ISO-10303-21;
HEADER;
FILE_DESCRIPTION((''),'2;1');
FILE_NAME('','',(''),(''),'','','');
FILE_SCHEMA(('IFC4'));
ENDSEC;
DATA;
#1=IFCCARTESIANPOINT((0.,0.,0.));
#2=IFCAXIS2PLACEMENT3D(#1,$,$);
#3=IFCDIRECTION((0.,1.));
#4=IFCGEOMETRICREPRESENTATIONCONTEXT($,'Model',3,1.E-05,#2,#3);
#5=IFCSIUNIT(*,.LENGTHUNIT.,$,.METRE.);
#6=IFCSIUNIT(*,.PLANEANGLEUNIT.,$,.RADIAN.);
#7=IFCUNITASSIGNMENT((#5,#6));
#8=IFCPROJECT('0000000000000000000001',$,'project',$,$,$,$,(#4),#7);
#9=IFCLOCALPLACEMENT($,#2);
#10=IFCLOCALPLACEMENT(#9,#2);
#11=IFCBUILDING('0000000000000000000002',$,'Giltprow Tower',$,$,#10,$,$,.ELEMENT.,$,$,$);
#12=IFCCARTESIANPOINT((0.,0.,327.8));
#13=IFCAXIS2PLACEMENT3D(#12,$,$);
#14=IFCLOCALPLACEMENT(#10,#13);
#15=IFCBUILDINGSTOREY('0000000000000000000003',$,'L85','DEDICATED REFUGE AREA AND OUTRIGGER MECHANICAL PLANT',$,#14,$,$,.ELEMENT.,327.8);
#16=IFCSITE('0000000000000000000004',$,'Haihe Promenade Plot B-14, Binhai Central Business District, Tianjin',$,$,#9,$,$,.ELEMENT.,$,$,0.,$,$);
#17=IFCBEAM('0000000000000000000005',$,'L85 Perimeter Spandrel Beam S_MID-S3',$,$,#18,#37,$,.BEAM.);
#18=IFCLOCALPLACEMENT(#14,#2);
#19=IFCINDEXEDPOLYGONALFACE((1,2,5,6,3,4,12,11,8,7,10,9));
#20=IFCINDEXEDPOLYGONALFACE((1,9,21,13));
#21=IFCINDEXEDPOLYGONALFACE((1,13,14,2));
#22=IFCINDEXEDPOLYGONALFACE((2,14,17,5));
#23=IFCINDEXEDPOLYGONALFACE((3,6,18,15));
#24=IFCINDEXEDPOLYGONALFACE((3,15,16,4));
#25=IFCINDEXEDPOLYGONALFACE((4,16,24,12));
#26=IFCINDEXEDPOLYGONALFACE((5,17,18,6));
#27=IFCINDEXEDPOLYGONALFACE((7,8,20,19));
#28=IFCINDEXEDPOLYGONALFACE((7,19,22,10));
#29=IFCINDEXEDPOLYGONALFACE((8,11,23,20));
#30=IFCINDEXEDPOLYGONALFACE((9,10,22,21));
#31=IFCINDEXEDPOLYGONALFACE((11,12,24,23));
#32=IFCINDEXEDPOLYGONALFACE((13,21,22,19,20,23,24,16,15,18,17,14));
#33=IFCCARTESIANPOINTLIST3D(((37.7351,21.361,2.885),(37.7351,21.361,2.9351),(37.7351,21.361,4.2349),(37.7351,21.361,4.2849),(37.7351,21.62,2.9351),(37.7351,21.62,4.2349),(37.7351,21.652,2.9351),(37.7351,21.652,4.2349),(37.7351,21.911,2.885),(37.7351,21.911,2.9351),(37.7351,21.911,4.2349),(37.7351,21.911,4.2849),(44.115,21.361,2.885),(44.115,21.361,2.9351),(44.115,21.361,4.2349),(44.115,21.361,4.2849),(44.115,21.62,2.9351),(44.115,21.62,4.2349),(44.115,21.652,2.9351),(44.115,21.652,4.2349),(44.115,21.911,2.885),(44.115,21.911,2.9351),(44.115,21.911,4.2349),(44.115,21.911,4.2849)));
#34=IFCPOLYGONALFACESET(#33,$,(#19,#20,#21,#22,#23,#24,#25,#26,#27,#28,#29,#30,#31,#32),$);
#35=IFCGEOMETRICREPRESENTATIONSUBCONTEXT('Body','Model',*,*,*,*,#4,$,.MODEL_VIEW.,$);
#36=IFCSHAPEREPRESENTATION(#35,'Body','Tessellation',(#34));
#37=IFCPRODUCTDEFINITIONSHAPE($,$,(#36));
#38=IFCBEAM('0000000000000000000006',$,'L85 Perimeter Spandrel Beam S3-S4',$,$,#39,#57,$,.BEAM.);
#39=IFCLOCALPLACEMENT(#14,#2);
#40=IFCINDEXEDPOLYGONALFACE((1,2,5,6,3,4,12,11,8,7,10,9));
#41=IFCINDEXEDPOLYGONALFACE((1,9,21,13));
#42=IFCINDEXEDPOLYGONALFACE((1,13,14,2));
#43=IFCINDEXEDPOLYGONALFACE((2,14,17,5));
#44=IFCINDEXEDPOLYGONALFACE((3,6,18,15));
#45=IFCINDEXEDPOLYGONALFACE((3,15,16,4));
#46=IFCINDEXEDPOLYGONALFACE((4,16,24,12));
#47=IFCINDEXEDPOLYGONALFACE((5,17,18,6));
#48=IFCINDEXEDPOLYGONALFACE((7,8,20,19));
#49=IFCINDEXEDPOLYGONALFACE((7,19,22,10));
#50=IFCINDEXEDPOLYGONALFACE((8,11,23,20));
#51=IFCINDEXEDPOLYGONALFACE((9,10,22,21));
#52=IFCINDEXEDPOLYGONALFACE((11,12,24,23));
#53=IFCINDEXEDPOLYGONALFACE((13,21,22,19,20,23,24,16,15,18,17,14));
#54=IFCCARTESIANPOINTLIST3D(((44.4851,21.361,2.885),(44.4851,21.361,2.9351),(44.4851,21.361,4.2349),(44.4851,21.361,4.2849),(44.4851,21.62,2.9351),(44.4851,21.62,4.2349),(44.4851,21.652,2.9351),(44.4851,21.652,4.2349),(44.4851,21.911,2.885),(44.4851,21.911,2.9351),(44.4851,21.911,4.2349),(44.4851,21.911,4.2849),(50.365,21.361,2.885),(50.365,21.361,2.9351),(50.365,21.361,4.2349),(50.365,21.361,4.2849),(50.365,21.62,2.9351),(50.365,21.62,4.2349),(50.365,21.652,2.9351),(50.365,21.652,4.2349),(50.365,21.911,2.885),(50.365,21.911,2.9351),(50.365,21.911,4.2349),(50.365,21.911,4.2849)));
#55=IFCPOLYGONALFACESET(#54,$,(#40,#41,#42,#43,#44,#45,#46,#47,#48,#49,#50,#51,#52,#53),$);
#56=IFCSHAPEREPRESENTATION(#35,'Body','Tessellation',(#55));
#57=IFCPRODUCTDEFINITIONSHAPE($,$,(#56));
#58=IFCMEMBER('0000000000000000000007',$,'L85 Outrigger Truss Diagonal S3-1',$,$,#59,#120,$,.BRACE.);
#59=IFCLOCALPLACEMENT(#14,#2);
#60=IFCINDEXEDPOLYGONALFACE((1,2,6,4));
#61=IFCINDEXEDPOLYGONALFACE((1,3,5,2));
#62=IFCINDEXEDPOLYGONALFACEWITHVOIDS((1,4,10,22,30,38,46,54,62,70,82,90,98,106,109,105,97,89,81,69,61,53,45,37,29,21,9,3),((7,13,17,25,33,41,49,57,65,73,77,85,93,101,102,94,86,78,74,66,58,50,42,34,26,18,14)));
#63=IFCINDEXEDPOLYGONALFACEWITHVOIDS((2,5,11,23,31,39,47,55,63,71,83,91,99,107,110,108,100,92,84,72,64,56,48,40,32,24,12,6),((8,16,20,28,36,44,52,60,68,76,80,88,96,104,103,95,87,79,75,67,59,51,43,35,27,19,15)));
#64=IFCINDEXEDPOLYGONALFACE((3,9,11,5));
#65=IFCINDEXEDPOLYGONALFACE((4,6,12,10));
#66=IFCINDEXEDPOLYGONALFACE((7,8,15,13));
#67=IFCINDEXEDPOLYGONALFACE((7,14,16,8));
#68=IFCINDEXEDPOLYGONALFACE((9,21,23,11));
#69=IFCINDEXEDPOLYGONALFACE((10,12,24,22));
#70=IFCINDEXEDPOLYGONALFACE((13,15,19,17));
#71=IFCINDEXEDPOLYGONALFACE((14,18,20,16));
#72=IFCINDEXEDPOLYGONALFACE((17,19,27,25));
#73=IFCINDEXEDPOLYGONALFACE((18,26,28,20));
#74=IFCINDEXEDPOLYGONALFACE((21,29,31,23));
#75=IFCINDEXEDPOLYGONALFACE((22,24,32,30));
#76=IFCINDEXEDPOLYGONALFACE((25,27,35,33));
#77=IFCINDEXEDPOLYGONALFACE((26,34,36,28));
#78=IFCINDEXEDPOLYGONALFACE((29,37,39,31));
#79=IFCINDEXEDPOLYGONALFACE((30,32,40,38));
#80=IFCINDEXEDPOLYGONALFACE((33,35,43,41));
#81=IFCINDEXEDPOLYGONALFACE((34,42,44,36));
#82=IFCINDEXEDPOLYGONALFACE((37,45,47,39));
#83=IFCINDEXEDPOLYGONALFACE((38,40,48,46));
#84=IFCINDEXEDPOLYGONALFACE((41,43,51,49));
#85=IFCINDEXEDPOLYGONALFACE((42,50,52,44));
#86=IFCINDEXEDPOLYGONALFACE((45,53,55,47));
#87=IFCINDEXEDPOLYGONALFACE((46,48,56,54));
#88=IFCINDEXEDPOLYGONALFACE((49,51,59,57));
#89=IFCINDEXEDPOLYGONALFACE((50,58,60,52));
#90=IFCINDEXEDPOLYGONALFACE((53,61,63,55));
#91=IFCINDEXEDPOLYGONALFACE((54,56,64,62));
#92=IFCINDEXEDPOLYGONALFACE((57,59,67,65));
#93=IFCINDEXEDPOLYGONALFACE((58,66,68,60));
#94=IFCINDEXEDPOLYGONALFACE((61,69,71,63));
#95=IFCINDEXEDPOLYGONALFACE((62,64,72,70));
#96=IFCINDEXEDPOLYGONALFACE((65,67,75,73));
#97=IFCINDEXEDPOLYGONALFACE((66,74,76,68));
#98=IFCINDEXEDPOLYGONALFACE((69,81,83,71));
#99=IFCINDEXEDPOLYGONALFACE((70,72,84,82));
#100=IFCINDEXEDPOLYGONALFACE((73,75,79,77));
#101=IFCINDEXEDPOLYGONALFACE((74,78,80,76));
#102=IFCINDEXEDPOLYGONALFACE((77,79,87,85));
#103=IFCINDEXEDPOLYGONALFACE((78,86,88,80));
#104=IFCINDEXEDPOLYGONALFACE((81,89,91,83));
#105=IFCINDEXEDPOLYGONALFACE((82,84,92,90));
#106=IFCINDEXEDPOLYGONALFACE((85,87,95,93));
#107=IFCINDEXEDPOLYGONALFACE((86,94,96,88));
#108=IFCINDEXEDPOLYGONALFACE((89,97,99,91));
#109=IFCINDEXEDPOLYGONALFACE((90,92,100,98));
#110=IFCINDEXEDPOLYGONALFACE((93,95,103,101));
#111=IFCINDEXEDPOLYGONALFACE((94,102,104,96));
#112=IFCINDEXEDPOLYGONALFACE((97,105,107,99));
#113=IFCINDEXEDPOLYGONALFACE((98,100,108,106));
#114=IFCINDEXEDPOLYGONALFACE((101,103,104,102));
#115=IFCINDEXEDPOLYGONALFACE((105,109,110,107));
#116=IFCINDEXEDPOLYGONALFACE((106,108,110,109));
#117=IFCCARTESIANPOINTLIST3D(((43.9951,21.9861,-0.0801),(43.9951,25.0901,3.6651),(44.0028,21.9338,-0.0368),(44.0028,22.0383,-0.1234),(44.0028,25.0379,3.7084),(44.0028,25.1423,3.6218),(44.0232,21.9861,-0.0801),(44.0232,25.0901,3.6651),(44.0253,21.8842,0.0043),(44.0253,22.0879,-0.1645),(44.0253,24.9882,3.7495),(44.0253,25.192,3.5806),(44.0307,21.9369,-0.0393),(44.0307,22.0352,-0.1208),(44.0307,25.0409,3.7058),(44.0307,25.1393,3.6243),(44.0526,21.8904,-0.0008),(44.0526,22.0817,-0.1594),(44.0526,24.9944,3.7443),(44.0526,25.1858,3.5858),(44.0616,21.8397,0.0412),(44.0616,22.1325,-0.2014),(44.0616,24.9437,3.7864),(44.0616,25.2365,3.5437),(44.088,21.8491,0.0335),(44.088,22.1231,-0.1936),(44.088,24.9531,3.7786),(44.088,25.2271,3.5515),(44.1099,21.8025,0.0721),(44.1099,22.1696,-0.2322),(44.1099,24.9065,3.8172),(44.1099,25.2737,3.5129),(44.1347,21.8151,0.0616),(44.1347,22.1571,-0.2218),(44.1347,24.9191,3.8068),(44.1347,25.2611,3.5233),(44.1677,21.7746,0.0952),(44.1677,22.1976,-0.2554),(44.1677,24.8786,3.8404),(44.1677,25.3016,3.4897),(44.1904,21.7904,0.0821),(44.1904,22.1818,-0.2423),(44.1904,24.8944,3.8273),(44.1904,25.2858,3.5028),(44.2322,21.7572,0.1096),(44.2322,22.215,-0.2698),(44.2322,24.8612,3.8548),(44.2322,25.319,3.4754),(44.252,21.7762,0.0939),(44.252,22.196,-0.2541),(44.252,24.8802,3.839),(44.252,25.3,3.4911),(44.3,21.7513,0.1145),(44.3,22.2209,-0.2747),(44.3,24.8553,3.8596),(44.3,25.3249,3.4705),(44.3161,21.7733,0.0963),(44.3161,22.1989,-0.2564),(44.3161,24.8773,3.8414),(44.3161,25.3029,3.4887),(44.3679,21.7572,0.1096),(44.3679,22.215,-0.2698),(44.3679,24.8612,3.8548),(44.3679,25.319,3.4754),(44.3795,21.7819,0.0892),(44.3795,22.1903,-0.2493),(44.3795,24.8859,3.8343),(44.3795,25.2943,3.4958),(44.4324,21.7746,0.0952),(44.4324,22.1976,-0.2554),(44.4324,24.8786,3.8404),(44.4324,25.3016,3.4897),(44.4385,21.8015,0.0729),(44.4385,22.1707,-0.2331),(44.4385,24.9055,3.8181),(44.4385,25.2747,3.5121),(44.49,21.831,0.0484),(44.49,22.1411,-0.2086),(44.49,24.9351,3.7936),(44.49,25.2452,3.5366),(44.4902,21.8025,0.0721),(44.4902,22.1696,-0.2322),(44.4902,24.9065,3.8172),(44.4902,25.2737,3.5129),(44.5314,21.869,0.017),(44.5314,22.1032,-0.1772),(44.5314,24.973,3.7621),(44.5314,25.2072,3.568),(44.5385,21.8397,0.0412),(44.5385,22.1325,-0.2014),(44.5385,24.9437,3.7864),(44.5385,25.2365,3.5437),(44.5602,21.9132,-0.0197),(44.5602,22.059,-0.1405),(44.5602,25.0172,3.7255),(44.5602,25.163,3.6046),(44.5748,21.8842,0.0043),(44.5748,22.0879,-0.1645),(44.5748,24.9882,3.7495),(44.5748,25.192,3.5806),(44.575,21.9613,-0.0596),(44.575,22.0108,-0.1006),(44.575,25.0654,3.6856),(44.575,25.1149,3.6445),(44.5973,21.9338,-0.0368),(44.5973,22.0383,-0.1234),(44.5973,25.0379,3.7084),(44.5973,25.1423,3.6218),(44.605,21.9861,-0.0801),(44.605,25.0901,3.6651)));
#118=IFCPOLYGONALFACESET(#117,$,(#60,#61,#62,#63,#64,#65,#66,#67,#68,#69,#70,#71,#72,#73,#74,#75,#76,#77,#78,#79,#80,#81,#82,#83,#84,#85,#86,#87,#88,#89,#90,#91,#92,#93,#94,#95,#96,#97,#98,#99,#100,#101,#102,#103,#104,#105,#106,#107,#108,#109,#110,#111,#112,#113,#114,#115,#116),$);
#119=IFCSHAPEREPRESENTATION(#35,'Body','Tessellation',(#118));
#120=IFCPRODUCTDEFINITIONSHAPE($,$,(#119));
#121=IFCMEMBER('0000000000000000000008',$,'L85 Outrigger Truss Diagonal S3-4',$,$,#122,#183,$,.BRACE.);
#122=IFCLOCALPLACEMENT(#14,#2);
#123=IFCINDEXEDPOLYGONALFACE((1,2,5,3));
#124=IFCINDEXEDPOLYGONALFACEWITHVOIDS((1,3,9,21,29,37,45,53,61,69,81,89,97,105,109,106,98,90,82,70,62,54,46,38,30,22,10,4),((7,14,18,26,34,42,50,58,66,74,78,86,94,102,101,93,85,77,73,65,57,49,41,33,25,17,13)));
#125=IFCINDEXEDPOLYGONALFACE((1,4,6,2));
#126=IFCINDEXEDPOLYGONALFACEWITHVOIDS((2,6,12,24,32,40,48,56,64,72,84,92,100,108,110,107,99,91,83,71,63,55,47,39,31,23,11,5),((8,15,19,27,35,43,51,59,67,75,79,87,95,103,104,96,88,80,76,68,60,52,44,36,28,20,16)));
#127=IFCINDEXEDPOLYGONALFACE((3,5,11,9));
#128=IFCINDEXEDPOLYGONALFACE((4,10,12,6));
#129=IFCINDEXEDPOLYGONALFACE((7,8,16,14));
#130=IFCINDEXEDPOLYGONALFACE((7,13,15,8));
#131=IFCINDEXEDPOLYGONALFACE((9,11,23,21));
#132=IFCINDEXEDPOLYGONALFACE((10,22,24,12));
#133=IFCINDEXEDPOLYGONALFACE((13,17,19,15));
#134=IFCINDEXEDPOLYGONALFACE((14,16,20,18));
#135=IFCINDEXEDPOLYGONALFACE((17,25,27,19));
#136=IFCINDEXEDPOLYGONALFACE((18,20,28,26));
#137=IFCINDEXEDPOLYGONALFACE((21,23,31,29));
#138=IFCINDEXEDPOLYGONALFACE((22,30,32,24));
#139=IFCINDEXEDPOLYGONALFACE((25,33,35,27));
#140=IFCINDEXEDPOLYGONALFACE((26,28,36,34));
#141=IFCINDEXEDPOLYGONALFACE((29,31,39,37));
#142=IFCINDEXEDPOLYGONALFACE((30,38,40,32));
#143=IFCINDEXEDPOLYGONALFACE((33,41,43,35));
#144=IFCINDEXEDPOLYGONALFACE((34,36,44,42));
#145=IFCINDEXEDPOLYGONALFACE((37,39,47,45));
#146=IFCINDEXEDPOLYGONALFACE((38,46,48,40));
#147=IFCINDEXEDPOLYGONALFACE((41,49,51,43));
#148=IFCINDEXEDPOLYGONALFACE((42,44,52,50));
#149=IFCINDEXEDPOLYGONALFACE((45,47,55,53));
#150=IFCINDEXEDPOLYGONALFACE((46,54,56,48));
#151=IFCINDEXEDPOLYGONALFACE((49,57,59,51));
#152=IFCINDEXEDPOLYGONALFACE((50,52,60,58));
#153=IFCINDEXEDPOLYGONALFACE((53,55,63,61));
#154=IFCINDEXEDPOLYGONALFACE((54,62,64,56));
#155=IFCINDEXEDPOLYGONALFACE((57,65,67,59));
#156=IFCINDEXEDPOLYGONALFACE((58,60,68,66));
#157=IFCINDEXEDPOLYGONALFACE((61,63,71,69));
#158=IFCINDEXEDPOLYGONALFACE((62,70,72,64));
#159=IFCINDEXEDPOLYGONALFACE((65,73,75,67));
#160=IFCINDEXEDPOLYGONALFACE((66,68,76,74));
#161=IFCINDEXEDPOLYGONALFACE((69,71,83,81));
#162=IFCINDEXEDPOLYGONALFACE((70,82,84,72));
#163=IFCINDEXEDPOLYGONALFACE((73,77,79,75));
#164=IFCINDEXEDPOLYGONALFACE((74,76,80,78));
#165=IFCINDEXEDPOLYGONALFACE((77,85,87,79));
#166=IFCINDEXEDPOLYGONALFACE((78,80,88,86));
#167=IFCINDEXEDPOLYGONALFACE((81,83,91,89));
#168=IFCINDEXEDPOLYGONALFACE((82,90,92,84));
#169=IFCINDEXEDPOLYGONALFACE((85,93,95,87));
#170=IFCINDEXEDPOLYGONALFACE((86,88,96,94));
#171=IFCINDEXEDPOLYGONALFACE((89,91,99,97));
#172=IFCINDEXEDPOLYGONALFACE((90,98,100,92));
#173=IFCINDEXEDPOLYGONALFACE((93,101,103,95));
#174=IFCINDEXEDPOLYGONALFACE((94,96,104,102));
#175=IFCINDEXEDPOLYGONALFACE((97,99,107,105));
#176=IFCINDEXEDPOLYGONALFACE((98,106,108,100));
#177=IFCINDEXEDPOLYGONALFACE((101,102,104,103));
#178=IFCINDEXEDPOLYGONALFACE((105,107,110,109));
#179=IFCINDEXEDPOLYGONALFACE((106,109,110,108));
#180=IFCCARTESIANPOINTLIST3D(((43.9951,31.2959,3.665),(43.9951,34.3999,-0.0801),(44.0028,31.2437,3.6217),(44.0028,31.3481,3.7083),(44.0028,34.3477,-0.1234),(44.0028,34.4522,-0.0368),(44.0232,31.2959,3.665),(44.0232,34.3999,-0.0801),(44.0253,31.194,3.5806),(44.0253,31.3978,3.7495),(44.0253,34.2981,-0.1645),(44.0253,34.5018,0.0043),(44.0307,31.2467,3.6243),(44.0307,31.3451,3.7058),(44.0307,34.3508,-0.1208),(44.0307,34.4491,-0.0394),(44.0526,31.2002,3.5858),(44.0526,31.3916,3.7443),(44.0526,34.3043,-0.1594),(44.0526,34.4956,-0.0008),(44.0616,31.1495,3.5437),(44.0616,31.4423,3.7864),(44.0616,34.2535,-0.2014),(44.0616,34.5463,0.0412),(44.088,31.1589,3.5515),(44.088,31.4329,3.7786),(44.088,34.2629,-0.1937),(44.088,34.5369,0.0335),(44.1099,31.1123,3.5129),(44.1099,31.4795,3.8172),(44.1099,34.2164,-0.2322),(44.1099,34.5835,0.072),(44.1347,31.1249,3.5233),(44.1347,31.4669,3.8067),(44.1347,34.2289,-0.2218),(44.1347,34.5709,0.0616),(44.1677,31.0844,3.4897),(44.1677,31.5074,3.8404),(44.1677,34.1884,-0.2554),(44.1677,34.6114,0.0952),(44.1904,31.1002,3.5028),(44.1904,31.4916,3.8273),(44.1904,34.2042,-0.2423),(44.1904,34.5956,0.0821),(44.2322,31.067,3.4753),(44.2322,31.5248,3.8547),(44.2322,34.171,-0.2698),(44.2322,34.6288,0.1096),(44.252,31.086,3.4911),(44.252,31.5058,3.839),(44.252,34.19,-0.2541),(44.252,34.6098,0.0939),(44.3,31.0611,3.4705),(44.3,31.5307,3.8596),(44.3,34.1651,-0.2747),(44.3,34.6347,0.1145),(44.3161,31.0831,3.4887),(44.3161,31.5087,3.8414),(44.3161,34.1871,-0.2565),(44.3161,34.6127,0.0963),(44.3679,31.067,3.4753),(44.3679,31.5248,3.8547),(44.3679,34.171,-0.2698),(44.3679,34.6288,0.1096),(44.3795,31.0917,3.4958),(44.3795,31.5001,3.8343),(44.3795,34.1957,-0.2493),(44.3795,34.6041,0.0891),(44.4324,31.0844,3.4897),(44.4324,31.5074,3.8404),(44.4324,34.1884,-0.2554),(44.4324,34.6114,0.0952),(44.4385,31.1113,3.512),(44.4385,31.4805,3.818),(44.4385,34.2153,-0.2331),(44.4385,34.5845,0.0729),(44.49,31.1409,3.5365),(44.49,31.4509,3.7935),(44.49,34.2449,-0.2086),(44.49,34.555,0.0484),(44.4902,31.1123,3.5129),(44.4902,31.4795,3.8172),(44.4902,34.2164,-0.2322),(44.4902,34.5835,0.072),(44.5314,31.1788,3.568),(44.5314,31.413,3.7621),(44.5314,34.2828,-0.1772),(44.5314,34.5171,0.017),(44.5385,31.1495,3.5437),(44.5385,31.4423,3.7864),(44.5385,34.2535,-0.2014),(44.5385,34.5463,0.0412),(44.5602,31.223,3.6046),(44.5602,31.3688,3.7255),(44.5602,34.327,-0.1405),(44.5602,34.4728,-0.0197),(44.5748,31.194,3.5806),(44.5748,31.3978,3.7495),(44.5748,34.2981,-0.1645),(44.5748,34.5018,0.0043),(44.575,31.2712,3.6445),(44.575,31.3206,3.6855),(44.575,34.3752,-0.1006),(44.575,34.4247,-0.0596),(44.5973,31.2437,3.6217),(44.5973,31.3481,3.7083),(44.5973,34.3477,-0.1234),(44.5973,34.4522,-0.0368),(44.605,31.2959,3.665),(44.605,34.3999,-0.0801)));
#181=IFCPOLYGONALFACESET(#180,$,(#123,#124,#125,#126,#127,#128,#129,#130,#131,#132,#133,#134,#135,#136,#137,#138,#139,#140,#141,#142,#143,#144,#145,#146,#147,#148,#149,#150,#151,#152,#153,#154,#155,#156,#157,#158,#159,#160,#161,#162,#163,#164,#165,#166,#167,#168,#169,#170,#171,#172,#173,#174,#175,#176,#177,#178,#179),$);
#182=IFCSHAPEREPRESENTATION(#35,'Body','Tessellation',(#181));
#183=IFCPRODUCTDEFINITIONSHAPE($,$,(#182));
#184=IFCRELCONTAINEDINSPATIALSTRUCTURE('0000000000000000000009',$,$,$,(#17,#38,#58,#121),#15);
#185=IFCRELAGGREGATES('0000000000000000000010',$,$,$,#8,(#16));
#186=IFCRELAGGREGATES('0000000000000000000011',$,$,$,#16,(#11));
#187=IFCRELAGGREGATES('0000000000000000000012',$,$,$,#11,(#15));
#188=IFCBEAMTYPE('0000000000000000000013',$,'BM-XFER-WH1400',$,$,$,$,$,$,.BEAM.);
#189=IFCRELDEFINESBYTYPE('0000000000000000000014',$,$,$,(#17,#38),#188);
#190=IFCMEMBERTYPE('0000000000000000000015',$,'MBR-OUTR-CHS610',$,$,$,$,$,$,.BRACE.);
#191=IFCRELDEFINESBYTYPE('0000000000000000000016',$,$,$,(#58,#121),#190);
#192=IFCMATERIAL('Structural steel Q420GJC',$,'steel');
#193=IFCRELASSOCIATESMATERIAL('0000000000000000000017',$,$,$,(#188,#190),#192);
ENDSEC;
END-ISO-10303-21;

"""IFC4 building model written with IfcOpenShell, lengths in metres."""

from ifc_helpers import new_model, si_unit, direction, frame, origin, origin_2d, place, context, subcontext, project, spatial, hollow_circle, i_section, extrude, source, transform, mapped, material, material_profile, profile_set, type_object, element, save


model = new_model("IFC4")

# Units and contexts
model_context = context("Model", 3, precision=1e-05, world=origin(), true_north=direction((0.0, 1.0)))
body_context = subcontext(model_context, "Body", "Model", "MODEL_VIEW")
ifc_project = project(units=[si_unit("LENGTHUNIT", "METRE"), si_unit("PLANEANGLEUNIT", "RADIAN")], contexts=[model_context])

# Site, building, storey
site_placement = place(None, origin())
site = spatial("IfcSite", under=ifc_project, at=site_placement, Name="Haihe Promenade Plot B-14, Binhai Central Business District, Tianjin", CompositionType="ELEMENT", RefElevation=0.0)
building_placement = place(site_placement, origin())
building = spatial("IfcBuilding", under=site, at=building_placement, Name="Giltprow Tower", CompositionType="ELEMENT")
storey_placement = place(building_placement, frame((0.0, 0.0, 327.8)))
storey = spatial("IfcBuildingStorey", under=building, at=storey_placement, Name="L85", Description="DEDICATED REFUGE AREA AND OUTRIGGER MECHANICAL PLANT", CompositionType="ELEMENT", Elevation=327.8)

# Shared definitions
ifc_material_1 = material(Name="Structural steel Q420GJC", Category="steel")

# Beams
ifc_material_profile_1 = material_profile(ifc_material_1, i_section(OverallWidth=0.55, OverallDepth=1.3999, WebThickness=0.032, FlangeThickness=0.05, at=origin_2d()), Name="WH 1400x550x32x50")
ifc_profile_set_1 = profile_set([ifc_material_profile_1], Name="Structural steel Q420GJC")
beam_type_1 = type_object("IfcBeamType", Name="BM-XFER-WH1400", PredefinedType="BEAM", material=ifc_profile_set_1)
shared_shape_1 = source(origin(), body_context, "Body", "SweptSolid", [
    extrude(i_section(OverallWidth=0.55, OverallDepth=1.3999, WebThickness=0.032, FlangeThickness=0.05, at=origin_2d()), origin(), (0.0, 0.0, 1.0), 6.3799),
])
beam_1_placement = place(storey_placement, frame((37.7351, 21.636, 3.585), z_axis=(1.0, 0.0, 0.0), x_axis=(0.0, 1.0, 0.0)))
element("IfcBeam", 1, at=beam_1_placement, inside=storey, type_object=beam_type_1, Name="L85 Perimeter Spandrel Beam S_MID-S3", PredefinedType="BEAM", context=body_context, shape_type="MappedRepresentation", body=[
    mapped(shared_shape_1, transform((0.0, 0.0, 0.0), x_axis=(1.0, 0.0, 0.0), y_axis=(0.0, 1.0, 0.0), z_axis=(0.0, 0.0, 1.0), scale=1.0)),
])
shared_shape_2 = source(origin(), body_context, "Body", "SweptSolid", [
    extrude(i_section(OverallWidth=0.55, OverallDepth=1.3999, WebThickness=0.032, FlangeThickness=0.05, at=origin_2d()), origin(), (0.0, 0.0, 1.0), 5.8799),
])
beam_2_placement = place(storey_placement, frame((44.4851, 21.636, 3.585), z_axis=(1.0, 0.0, 0.0), x_axis=(0.0, 1.0, 0.0)))
element("IfcBeam", 2, at=beam_2_placement, inside=storey, type_object=beam_type_1, Name="L85 Perimeter Spandrel Beam S3-S4", PredefinedType="BEAM", context=body_context, shape_type="MappedRepresentation", body=[
    mapped(shared_shape_2, transform((0.0, 0.0, 0.0), x_axis=(1.0, 0.0, 0.0), y_axis=(0.0, 1.0, 0.0), z_axis=(0.0, 0.0, 1.0), scale=1.0)),
])

# Members
ifc_material_profile_2 = material_profile(ifc_material_1, hollow_circle(Radius=0.3049, WallThickness=0.0281, at=origin_2d()), Name="CHS 610x28")
ifc_profile_set_2 = profile_set([ifc_material_profile_2], Name="Structural steel Q420GJC")
member_type_1 = type_object("IfcMemberType", Name="MBR-OUTR-CHS610", PredefinedType="BRACE", material=ifc_profile_set_2)
shared_shape_3 = source(origin(), body_context, "Body", "SweptSolid", [
    extrude(hollow_circle(Radius=0.3049, WallThickness=0.0281, at=origin_2d()), origin(), (0.0, 0.0, 1.0), 4.8643),
])
for number, where, z_axis, x_axis, name in (
    (3, (44.3, 21.9861, -0.0801), (0.0, 0.638128, 0.76993), (-1.0, 0.0, 0.0), "L85 Outrigger Truss Diagonal S3-1"),
    (4, (44.3, 31.2959, 3.665), (0.0, 0.638128, -0.76993), (-1.0, 0.0, 0.0), "L85 Outrigger Truss Diagonal S3-4"),
):
    element("IfcMember", number, at=place(storey_placement, frame(where, z_axis=z_axis, x_axis=x_axis)), inside=storey, type_object=member_type_1, Name=name, PredefinedType="BRACE", context=body_context, shape_type="MappedRepresentation", body=[
        mapped(shared_shape_3, transform((0.0, 0.0, 0.0), x_axis=(1.0, 0.0, 0.0), y_axis=(0.0, 1.0, 0.0), z_axis=(0.0, 0.0, 1.0), scale=1.0)),
    ])

save(model, "model.ifc")
